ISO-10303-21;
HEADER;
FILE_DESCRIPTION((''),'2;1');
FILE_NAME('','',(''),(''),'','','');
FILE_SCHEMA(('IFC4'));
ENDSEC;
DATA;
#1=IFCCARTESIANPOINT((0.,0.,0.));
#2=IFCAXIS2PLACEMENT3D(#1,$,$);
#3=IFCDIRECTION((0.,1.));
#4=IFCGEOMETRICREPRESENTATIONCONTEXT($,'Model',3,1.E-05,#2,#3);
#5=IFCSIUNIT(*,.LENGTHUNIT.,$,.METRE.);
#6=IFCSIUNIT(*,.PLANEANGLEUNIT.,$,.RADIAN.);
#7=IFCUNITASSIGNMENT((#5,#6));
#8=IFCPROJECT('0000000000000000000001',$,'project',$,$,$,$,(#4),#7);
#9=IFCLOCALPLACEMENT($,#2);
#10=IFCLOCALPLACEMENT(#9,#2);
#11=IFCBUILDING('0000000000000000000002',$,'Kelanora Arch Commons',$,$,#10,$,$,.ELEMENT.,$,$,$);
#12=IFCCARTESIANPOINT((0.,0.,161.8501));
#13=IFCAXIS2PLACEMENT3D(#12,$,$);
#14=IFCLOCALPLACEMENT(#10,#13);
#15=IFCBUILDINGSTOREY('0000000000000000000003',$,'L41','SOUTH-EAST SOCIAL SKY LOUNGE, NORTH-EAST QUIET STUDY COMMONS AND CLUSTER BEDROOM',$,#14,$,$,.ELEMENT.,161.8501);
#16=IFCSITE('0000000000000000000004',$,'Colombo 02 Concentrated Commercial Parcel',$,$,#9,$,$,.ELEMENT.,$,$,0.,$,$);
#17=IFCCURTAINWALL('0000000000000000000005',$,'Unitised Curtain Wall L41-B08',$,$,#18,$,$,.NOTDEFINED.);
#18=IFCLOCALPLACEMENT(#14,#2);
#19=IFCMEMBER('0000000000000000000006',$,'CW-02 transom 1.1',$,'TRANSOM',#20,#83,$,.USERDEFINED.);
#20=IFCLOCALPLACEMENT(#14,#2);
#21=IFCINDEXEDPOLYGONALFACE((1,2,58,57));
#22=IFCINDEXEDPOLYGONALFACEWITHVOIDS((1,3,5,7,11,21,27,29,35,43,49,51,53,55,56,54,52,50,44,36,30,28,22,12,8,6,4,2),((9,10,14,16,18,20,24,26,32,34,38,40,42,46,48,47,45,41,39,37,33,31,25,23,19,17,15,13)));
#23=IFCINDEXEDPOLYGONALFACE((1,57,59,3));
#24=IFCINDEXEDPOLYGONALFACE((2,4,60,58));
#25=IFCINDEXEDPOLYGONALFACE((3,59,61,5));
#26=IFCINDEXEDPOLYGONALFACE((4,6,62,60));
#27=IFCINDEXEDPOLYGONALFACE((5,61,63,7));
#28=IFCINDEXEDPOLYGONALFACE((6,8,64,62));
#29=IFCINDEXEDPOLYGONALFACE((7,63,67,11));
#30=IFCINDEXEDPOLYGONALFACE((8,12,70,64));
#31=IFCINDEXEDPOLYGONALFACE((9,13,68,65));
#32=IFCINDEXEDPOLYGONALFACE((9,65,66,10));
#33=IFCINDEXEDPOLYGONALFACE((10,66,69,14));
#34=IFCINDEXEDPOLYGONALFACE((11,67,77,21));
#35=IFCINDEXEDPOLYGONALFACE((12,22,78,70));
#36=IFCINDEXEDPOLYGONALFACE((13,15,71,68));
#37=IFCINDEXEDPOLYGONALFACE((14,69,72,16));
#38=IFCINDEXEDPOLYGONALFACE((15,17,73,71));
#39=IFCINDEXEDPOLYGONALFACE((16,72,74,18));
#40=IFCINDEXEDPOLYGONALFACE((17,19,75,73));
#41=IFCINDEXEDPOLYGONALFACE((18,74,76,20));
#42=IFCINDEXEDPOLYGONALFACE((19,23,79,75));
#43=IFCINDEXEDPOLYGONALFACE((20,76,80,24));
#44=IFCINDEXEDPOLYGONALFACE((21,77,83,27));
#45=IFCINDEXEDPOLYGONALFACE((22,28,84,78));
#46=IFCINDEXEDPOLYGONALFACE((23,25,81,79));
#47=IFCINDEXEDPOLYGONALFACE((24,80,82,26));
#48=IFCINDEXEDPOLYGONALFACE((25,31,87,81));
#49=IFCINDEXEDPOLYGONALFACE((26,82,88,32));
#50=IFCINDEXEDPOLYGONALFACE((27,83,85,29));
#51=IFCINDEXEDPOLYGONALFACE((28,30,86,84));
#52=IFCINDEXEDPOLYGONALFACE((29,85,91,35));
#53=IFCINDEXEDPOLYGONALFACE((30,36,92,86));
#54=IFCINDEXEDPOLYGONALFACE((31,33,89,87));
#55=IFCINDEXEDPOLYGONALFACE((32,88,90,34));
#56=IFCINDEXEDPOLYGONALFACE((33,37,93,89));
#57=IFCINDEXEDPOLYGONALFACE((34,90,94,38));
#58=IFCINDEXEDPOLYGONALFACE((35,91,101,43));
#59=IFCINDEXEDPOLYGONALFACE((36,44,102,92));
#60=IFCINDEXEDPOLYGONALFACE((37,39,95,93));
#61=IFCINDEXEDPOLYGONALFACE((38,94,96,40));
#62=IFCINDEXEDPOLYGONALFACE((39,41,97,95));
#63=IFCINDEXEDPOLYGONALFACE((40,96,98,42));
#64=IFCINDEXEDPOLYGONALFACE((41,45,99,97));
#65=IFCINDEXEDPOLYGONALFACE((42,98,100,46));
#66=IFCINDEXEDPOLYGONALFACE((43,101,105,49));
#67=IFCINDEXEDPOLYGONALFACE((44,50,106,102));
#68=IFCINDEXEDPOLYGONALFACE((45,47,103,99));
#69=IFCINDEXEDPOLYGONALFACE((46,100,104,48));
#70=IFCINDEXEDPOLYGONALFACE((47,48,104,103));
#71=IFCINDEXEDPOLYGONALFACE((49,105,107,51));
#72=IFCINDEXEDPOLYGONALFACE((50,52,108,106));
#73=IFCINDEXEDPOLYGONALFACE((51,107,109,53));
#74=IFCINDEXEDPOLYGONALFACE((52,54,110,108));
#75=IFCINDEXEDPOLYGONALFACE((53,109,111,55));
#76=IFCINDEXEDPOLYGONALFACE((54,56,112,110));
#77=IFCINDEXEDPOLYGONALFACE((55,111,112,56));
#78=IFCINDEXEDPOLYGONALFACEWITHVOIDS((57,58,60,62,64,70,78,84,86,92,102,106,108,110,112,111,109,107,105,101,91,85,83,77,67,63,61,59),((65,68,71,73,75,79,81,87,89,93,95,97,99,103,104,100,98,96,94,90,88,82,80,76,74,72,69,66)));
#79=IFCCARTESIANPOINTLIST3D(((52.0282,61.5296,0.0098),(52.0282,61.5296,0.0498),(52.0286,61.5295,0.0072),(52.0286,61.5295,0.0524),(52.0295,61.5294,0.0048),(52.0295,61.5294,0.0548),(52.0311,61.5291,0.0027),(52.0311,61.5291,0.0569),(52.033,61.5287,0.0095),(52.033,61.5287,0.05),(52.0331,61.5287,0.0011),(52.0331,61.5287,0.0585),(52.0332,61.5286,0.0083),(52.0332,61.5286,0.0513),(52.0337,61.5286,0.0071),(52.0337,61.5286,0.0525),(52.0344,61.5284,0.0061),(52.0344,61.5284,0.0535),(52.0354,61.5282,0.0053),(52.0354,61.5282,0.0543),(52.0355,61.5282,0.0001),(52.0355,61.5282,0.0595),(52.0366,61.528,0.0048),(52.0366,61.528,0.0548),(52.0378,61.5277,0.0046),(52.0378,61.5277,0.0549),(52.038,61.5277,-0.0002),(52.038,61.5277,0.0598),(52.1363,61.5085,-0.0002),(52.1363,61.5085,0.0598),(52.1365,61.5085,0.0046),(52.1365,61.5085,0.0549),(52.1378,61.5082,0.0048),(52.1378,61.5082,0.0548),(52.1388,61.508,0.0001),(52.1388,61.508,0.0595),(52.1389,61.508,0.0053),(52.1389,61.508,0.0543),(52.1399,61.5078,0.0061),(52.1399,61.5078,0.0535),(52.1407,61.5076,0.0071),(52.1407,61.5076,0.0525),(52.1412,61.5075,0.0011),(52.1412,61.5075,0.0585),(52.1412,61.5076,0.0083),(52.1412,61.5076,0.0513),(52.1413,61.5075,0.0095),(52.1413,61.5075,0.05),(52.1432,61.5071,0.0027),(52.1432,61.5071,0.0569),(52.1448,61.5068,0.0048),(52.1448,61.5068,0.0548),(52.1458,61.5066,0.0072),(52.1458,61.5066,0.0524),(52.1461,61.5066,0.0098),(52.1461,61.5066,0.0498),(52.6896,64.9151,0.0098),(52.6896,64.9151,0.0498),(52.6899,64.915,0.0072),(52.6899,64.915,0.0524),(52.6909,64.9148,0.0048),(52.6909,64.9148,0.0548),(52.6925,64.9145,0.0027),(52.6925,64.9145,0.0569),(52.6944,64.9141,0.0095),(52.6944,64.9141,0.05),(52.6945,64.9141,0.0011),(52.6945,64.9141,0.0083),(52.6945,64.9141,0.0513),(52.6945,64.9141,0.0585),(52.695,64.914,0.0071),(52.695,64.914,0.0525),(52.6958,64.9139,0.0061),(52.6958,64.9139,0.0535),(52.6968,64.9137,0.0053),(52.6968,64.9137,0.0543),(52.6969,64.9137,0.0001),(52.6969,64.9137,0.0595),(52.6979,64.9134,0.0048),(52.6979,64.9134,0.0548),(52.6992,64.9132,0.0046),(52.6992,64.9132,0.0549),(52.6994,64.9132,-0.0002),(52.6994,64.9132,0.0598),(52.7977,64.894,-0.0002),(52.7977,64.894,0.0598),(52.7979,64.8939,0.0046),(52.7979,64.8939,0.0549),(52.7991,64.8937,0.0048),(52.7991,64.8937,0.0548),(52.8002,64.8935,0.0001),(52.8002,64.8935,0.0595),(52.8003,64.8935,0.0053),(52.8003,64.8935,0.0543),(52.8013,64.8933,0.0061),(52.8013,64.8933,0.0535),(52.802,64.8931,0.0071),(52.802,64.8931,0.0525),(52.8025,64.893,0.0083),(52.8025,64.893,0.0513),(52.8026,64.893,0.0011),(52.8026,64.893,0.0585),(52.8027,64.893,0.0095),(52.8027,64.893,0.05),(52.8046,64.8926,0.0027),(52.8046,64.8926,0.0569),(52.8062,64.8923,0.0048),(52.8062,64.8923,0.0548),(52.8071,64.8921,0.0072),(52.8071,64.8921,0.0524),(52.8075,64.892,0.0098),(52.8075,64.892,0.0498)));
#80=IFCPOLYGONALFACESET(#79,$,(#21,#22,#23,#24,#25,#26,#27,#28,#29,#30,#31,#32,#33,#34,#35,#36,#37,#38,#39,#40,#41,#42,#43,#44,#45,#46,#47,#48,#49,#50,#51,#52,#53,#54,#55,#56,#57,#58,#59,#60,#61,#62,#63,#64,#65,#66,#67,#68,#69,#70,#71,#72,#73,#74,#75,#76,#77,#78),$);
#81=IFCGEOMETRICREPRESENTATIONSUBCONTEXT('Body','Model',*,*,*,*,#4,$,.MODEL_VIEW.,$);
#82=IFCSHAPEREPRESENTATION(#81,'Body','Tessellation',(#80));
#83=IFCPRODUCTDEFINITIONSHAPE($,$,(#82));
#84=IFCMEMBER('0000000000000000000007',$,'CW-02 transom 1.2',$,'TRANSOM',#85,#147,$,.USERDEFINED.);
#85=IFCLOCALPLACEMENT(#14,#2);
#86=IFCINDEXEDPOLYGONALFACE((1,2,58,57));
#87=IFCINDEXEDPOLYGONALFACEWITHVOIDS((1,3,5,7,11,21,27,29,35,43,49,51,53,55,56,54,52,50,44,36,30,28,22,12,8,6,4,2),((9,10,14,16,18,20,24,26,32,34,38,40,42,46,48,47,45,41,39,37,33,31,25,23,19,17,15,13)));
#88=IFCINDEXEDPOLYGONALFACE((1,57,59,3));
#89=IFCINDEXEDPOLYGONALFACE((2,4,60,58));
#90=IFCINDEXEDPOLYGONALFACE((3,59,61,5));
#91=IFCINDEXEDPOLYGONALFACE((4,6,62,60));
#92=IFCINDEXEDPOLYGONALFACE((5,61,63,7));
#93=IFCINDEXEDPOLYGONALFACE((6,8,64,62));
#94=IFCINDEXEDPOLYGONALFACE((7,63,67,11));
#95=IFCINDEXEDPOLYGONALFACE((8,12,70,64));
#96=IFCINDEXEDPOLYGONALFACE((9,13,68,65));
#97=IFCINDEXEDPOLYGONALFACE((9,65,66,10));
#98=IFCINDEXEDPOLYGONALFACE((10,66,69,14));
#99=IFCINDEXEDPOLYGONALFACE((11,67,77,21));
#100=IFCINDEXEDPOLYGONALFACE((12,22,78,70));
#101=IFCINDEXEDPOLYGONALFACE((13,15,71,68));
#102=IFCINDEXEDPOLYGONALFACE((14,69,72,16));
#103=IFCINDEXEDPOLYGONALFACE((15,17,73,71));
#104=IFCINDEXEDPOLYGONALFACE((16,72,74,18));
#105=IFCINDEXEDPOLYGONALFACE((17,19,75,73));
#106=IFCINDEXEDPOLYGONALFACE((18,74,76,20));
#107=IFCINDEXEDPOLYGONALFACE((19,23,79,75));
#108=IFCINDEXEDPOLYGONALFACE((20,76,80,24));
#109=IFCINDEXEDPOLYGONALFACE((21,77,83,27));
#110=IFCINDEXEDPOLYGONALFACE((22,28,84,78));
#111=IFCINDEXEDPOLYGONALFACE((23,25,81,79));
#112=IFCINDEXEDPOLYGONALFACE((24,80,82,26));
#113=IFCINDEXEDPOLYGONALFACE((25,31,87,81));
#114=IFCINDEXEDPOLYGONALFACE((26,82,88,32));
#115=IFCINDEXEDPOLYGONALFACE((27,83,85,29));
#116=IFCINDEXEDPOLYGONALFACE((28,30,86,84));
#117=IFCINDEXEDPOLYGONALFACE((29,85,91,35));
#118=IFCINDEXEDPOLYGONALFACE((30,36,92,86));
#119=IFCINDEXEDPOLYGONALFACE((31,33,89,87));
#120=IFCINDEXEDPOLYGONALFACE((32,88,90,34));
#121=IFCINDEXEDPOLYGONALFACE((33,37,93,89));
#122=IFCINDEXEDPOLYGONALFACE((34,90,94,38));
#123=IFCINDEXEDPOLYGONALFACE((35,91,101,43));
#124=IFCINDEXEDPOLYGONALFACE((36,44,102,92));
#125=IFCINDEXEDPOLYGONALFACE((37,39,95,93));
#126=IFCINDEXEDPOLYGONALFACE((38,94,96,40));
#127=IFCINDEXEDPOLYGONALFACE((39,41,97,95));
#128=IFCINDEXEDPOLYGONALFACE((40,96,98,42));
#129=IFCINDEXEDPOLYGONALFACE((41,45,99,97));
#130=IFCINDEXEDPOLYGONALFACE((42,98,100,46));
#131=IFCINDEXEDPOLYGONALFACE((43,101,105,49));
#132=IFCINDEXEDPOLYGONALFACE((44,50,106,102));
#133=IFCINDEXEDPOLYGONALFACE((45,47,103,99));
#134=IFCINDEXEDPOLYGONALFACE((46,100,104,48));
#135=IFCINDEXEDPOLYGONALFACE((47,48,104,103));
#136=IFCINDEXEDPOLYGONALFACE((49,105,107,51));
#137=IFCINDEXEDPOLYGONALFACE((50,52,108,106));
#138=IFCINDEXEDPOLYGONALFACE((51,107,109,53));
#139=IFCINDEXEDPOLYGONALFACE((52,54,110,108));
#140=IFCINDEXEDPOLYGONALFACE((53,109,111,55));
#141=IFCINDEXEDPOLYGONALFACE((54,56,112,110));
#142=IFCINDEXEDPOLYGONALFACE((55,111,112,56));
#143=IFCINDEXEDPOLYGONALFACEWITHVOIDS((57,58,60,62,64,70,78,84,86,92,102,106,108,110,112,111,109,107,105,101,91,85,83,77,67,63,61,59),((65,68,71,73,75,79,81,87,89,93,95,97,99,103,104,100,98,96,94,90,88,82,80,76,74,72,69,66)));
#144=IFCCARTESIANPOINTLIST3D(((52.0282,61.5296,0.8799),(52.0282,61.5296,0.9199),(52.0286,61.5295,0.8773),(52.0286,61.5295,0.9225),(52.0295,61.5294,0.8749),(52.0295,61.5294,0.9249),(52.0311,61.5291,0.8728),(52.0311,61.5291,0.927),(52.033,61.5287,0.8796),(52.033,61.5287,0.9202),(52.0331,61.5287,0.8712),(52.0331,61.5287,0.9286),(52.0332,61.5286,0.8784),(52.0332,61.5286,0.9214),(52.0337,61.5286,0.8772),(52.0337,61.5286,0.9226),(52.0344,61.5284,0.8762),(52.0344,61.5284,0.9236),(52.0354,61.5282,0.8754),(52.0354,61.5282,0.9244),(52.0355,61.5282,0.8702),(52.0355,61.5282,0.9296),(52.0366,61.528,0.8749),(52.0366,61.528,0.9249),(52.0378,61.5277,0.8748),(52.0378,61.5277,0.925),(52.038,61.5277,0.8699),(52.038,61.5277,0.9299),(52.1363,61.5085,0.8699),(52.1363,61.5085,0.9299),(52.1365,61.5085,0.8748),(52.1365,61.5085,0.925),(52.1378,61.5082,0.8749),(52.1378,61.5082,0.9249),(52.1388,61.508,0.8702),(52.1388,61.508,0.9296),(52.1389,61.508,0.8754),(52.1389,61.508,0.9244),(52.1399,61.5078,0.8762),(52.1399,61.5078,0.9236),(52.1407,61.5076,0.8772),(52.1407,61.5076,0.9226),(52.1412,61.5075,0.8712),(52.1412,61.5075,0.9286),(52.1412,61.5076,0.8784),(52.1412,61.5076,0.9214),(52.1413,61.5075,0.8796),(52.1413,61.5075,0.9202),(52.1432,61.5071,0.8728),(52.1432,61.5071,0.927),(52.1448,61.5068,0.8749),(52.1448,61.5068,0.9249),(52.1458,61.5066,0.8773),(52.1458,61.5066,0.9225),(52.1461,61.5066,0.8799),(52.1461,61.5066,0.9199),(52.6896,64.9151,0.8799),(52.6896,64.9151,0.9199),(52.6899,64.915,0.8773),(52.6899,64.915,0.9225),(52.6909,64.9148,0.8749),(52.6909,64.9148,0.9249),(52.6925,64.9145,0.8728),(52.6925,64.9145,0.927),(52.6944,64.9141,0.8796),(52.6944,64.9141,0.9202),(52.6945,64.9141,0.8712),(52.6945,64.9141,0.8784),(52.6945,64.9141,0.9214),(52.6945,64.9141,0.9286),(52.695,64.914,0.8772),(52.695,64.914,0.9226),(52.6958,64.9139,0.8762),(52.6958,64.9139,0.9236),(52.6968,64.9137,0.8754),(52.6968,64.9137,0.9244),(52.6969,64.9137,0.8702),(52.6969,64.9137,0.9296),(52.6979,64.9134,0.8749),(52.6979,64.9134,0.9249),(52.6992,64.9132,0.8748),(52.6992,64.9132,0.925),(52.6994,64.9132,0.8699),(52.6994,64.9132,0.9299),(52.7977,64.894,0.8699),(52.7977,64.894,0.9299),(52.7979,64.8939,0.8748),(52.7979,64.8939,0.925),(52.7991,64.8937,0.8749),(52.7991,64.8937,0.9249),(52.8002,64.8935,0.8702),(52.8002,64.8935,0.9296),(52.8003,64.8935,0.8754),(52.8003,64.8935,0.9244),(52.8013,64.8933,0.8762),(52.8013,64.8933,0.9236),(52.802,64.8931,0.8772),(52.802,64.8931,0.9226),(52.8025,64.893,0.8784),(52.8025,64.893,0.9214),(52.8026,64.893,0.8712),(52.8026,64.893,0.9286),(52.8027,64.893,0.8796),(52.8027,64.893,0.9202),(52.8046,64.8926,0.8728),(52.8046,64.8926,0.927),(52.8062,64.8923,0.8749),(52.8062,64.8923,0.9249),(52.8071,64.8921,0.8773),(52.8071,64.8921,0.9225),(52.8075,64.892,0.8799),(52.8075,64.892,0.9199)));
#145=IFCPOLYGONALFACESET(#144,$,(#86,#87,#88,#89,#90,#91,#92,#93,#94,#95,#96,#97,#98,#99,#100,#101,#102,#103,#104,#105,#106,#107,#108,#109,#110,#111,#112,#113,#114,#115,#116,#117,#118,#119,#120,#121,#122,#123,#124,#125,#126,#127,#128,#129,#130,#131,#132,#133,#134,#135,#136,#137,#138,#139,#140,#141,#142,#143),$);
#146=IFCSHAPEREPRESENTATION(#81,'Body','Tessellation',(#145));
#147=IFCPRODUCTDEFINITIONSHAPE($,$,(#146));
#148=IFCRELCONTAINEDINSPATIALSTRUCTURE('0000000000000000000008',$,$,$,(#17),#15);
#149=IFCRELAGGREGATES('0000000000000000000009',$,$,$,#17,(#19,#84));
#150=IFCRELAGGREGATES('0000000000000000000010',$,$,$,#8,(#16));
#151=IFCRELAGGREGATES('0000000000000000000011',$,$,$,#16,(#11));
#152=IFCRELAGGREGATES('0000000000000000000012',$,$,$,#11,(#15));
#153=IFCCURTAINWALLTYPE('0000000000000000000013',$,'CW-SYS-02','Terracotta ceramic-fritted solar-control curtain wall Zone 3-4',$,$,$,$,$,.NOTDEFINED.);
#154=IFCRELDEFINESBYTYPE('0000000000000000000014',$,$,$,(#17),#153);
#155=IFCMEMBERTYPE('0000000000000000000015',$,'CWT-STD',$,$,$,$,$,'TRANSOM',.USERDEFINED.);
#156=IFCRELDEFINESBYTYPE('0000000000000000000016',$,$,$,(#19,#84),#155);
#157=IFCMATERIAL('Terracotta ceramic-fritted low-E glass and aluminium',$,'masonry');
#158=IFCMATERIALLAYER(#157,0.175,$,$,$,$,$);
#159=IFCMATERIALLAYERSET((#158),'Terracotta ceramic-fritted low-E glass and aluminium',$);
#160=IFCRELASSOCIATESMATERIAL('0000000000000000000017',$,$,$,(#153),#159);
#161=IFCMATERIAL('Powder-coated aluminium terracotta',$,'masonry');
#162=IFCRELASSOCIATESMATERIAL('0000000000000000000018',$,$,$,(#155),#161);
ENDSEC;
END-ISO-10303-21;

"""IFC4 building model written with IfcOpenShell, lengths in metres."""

from ifc_helpers import new_model, si_unit, direction, frame, origin, origin_2d, place, context, subcontext, project, spatial, hollow_rectangle, extrude, material, layer, layer_set, material_profile, profile_set, type_object, element, aggregate, save


model = new_model("IFC4")

# Units and contexts
model_context = context("Model", 3, precision=1e-05, world=origin(), true_north=direction((0.0, 1.0)))
body_context = subcontext(model_context, "Body", "Model", "MODEL_VIEW")
ifc_project = project(units=[si_unit("LENGTHUNIT", "METRE"), si_unit("PLANEANGLEUNIT", "RADIAN")], contexts=[model_context])

# Site, building, storey
site_placement = place(None, origin())
site = spatial("IfcSite", under=ifc_project, at=site_placement, Name="Colombo 02 Concentrated Commercial Parcel", CompositionType="ELEMENT", RefElevation=0.0)
building_placement = place(site_placement, origin())
building = spatial("IfcBuilding", under=site, at=building_placement, Name="Kelanora Arch Commons", CompositionType="ELEMENT")
storey_placement = place(building_placement, frame((0.0, 0.0, 161.8501)))
storey = spatial("IfcBuildingStorey", under=building, at=storey_placement, Name="L41", Description="SOUTH-EAST SOCIAL SKY LOUNGE, NORTH-EAST QUIET STUDY COMMONS AND CLUSTER BEDROOM", CompositionType="ELEMENT", Elevation=161.8501)

# Curtain wall, members
ifc_material_1 = material(Name="Terracotta ceramic-fritted low-E glass and aluminium", Category="masonry")
ifc_layer_1 = layer(ifc_material_1, 0.175)
ifc_layer_set_1 = layer_set([ifc_layer_1], Name="Terracotta ceramic-fritted low-E glass and aluminium")
curtain_wall_type = type_object("IfcCurtainWallType", Name="CW-SYS-02", Description="Terracotta ceramic-fritted solar-control curtain wall Zone 3-4", PredefinedType="NOTDEFINED", material=ifc_layer_set_1)
curtain_wall_placement = place(storey_placement, origin())
curtain_wall = element("IfcCurtainWall", 1, at=curtain_wall_placement, inside=storey, type_object=curtain_wall_type, Name="Unitised Curtain Wall L41-B08", PredefinedType="NOTDEFINED")
ifc_material_2 = material(Name="Powder-coated aluminium terracotta", Category="masonry")
ifc_material_profile_1 = material_profile(ifc_material_2, hollow_rectangle(XDim=0.1201, YDim=0.0601, WallThickness=0.0049, InnerFilletRadius=0.0049, OuterFilletRadius=0.01, at=origin_2d()), Name="CWT120x60")
ifc_profile_set_1 = profile_set([ifc_material_profile_1], Name="Powder-coated aluminium terracotta")
member_type_1 = type_object("IfcMemberType", Name="CWT-STD", ElementType="TRANSOM", PredefinedType="USERDEFINED", material=ifc_profile_set_1)
member_1_placement = place(storey_placement, frame((52.7485, 64.9036, 0.0298), z_axis=(-0.191732, -0.981447, 0.0), x_axis=(0.981447, -0.191732, 0.0)))
member_1 = element("IfcMember", 2, at=member_1_placement, type_object=member_type_1, Name="CW-02 transom 1.1", ObjectType="TRANSOM", PredefinedType="USERDEFINED", context=body_context, shape_type="SweptSolid", body=[
    extrude(hollow_rectangle(XDim=0.1201, YDim=0.0601, WallThickness=0.0049, InnerFilletRadius=0.0049, OuterFilletRadius=0.01, at=origin_2d()), origin(), (0.0, 0.0, 1.0), 3.4495),
])
member_2_placement = place(storey_placement, frame((52.7485, 64.9036, 0.8999), z_axis=(-0.191732, -0.981447, 0.0), x_axis=(0.981447, -0.191732, 0.0)))
member_2 = element("IfcMember", 3, at=member_2_placement, type_object=member_type_1, Name="CW-02 transom 1.2", ObjectType="TRANSOM", PredefinedType="USERDEFINED", context=body_context, shape_type="SweptSolid", body=[
    extrude(hollow_rectangle(XDim=0.1201, YDim=0.0601, WallThickness=0.0049, InnerFilletRadius=0.0049, OuterFilletRadius=0.01, at=origin_2d()), origin(), (0.0, 0.0, 1.0), 3.4495),
])
aggregate(curtain_wall, [member_1, member_2])

save(model, "model.ifc")
